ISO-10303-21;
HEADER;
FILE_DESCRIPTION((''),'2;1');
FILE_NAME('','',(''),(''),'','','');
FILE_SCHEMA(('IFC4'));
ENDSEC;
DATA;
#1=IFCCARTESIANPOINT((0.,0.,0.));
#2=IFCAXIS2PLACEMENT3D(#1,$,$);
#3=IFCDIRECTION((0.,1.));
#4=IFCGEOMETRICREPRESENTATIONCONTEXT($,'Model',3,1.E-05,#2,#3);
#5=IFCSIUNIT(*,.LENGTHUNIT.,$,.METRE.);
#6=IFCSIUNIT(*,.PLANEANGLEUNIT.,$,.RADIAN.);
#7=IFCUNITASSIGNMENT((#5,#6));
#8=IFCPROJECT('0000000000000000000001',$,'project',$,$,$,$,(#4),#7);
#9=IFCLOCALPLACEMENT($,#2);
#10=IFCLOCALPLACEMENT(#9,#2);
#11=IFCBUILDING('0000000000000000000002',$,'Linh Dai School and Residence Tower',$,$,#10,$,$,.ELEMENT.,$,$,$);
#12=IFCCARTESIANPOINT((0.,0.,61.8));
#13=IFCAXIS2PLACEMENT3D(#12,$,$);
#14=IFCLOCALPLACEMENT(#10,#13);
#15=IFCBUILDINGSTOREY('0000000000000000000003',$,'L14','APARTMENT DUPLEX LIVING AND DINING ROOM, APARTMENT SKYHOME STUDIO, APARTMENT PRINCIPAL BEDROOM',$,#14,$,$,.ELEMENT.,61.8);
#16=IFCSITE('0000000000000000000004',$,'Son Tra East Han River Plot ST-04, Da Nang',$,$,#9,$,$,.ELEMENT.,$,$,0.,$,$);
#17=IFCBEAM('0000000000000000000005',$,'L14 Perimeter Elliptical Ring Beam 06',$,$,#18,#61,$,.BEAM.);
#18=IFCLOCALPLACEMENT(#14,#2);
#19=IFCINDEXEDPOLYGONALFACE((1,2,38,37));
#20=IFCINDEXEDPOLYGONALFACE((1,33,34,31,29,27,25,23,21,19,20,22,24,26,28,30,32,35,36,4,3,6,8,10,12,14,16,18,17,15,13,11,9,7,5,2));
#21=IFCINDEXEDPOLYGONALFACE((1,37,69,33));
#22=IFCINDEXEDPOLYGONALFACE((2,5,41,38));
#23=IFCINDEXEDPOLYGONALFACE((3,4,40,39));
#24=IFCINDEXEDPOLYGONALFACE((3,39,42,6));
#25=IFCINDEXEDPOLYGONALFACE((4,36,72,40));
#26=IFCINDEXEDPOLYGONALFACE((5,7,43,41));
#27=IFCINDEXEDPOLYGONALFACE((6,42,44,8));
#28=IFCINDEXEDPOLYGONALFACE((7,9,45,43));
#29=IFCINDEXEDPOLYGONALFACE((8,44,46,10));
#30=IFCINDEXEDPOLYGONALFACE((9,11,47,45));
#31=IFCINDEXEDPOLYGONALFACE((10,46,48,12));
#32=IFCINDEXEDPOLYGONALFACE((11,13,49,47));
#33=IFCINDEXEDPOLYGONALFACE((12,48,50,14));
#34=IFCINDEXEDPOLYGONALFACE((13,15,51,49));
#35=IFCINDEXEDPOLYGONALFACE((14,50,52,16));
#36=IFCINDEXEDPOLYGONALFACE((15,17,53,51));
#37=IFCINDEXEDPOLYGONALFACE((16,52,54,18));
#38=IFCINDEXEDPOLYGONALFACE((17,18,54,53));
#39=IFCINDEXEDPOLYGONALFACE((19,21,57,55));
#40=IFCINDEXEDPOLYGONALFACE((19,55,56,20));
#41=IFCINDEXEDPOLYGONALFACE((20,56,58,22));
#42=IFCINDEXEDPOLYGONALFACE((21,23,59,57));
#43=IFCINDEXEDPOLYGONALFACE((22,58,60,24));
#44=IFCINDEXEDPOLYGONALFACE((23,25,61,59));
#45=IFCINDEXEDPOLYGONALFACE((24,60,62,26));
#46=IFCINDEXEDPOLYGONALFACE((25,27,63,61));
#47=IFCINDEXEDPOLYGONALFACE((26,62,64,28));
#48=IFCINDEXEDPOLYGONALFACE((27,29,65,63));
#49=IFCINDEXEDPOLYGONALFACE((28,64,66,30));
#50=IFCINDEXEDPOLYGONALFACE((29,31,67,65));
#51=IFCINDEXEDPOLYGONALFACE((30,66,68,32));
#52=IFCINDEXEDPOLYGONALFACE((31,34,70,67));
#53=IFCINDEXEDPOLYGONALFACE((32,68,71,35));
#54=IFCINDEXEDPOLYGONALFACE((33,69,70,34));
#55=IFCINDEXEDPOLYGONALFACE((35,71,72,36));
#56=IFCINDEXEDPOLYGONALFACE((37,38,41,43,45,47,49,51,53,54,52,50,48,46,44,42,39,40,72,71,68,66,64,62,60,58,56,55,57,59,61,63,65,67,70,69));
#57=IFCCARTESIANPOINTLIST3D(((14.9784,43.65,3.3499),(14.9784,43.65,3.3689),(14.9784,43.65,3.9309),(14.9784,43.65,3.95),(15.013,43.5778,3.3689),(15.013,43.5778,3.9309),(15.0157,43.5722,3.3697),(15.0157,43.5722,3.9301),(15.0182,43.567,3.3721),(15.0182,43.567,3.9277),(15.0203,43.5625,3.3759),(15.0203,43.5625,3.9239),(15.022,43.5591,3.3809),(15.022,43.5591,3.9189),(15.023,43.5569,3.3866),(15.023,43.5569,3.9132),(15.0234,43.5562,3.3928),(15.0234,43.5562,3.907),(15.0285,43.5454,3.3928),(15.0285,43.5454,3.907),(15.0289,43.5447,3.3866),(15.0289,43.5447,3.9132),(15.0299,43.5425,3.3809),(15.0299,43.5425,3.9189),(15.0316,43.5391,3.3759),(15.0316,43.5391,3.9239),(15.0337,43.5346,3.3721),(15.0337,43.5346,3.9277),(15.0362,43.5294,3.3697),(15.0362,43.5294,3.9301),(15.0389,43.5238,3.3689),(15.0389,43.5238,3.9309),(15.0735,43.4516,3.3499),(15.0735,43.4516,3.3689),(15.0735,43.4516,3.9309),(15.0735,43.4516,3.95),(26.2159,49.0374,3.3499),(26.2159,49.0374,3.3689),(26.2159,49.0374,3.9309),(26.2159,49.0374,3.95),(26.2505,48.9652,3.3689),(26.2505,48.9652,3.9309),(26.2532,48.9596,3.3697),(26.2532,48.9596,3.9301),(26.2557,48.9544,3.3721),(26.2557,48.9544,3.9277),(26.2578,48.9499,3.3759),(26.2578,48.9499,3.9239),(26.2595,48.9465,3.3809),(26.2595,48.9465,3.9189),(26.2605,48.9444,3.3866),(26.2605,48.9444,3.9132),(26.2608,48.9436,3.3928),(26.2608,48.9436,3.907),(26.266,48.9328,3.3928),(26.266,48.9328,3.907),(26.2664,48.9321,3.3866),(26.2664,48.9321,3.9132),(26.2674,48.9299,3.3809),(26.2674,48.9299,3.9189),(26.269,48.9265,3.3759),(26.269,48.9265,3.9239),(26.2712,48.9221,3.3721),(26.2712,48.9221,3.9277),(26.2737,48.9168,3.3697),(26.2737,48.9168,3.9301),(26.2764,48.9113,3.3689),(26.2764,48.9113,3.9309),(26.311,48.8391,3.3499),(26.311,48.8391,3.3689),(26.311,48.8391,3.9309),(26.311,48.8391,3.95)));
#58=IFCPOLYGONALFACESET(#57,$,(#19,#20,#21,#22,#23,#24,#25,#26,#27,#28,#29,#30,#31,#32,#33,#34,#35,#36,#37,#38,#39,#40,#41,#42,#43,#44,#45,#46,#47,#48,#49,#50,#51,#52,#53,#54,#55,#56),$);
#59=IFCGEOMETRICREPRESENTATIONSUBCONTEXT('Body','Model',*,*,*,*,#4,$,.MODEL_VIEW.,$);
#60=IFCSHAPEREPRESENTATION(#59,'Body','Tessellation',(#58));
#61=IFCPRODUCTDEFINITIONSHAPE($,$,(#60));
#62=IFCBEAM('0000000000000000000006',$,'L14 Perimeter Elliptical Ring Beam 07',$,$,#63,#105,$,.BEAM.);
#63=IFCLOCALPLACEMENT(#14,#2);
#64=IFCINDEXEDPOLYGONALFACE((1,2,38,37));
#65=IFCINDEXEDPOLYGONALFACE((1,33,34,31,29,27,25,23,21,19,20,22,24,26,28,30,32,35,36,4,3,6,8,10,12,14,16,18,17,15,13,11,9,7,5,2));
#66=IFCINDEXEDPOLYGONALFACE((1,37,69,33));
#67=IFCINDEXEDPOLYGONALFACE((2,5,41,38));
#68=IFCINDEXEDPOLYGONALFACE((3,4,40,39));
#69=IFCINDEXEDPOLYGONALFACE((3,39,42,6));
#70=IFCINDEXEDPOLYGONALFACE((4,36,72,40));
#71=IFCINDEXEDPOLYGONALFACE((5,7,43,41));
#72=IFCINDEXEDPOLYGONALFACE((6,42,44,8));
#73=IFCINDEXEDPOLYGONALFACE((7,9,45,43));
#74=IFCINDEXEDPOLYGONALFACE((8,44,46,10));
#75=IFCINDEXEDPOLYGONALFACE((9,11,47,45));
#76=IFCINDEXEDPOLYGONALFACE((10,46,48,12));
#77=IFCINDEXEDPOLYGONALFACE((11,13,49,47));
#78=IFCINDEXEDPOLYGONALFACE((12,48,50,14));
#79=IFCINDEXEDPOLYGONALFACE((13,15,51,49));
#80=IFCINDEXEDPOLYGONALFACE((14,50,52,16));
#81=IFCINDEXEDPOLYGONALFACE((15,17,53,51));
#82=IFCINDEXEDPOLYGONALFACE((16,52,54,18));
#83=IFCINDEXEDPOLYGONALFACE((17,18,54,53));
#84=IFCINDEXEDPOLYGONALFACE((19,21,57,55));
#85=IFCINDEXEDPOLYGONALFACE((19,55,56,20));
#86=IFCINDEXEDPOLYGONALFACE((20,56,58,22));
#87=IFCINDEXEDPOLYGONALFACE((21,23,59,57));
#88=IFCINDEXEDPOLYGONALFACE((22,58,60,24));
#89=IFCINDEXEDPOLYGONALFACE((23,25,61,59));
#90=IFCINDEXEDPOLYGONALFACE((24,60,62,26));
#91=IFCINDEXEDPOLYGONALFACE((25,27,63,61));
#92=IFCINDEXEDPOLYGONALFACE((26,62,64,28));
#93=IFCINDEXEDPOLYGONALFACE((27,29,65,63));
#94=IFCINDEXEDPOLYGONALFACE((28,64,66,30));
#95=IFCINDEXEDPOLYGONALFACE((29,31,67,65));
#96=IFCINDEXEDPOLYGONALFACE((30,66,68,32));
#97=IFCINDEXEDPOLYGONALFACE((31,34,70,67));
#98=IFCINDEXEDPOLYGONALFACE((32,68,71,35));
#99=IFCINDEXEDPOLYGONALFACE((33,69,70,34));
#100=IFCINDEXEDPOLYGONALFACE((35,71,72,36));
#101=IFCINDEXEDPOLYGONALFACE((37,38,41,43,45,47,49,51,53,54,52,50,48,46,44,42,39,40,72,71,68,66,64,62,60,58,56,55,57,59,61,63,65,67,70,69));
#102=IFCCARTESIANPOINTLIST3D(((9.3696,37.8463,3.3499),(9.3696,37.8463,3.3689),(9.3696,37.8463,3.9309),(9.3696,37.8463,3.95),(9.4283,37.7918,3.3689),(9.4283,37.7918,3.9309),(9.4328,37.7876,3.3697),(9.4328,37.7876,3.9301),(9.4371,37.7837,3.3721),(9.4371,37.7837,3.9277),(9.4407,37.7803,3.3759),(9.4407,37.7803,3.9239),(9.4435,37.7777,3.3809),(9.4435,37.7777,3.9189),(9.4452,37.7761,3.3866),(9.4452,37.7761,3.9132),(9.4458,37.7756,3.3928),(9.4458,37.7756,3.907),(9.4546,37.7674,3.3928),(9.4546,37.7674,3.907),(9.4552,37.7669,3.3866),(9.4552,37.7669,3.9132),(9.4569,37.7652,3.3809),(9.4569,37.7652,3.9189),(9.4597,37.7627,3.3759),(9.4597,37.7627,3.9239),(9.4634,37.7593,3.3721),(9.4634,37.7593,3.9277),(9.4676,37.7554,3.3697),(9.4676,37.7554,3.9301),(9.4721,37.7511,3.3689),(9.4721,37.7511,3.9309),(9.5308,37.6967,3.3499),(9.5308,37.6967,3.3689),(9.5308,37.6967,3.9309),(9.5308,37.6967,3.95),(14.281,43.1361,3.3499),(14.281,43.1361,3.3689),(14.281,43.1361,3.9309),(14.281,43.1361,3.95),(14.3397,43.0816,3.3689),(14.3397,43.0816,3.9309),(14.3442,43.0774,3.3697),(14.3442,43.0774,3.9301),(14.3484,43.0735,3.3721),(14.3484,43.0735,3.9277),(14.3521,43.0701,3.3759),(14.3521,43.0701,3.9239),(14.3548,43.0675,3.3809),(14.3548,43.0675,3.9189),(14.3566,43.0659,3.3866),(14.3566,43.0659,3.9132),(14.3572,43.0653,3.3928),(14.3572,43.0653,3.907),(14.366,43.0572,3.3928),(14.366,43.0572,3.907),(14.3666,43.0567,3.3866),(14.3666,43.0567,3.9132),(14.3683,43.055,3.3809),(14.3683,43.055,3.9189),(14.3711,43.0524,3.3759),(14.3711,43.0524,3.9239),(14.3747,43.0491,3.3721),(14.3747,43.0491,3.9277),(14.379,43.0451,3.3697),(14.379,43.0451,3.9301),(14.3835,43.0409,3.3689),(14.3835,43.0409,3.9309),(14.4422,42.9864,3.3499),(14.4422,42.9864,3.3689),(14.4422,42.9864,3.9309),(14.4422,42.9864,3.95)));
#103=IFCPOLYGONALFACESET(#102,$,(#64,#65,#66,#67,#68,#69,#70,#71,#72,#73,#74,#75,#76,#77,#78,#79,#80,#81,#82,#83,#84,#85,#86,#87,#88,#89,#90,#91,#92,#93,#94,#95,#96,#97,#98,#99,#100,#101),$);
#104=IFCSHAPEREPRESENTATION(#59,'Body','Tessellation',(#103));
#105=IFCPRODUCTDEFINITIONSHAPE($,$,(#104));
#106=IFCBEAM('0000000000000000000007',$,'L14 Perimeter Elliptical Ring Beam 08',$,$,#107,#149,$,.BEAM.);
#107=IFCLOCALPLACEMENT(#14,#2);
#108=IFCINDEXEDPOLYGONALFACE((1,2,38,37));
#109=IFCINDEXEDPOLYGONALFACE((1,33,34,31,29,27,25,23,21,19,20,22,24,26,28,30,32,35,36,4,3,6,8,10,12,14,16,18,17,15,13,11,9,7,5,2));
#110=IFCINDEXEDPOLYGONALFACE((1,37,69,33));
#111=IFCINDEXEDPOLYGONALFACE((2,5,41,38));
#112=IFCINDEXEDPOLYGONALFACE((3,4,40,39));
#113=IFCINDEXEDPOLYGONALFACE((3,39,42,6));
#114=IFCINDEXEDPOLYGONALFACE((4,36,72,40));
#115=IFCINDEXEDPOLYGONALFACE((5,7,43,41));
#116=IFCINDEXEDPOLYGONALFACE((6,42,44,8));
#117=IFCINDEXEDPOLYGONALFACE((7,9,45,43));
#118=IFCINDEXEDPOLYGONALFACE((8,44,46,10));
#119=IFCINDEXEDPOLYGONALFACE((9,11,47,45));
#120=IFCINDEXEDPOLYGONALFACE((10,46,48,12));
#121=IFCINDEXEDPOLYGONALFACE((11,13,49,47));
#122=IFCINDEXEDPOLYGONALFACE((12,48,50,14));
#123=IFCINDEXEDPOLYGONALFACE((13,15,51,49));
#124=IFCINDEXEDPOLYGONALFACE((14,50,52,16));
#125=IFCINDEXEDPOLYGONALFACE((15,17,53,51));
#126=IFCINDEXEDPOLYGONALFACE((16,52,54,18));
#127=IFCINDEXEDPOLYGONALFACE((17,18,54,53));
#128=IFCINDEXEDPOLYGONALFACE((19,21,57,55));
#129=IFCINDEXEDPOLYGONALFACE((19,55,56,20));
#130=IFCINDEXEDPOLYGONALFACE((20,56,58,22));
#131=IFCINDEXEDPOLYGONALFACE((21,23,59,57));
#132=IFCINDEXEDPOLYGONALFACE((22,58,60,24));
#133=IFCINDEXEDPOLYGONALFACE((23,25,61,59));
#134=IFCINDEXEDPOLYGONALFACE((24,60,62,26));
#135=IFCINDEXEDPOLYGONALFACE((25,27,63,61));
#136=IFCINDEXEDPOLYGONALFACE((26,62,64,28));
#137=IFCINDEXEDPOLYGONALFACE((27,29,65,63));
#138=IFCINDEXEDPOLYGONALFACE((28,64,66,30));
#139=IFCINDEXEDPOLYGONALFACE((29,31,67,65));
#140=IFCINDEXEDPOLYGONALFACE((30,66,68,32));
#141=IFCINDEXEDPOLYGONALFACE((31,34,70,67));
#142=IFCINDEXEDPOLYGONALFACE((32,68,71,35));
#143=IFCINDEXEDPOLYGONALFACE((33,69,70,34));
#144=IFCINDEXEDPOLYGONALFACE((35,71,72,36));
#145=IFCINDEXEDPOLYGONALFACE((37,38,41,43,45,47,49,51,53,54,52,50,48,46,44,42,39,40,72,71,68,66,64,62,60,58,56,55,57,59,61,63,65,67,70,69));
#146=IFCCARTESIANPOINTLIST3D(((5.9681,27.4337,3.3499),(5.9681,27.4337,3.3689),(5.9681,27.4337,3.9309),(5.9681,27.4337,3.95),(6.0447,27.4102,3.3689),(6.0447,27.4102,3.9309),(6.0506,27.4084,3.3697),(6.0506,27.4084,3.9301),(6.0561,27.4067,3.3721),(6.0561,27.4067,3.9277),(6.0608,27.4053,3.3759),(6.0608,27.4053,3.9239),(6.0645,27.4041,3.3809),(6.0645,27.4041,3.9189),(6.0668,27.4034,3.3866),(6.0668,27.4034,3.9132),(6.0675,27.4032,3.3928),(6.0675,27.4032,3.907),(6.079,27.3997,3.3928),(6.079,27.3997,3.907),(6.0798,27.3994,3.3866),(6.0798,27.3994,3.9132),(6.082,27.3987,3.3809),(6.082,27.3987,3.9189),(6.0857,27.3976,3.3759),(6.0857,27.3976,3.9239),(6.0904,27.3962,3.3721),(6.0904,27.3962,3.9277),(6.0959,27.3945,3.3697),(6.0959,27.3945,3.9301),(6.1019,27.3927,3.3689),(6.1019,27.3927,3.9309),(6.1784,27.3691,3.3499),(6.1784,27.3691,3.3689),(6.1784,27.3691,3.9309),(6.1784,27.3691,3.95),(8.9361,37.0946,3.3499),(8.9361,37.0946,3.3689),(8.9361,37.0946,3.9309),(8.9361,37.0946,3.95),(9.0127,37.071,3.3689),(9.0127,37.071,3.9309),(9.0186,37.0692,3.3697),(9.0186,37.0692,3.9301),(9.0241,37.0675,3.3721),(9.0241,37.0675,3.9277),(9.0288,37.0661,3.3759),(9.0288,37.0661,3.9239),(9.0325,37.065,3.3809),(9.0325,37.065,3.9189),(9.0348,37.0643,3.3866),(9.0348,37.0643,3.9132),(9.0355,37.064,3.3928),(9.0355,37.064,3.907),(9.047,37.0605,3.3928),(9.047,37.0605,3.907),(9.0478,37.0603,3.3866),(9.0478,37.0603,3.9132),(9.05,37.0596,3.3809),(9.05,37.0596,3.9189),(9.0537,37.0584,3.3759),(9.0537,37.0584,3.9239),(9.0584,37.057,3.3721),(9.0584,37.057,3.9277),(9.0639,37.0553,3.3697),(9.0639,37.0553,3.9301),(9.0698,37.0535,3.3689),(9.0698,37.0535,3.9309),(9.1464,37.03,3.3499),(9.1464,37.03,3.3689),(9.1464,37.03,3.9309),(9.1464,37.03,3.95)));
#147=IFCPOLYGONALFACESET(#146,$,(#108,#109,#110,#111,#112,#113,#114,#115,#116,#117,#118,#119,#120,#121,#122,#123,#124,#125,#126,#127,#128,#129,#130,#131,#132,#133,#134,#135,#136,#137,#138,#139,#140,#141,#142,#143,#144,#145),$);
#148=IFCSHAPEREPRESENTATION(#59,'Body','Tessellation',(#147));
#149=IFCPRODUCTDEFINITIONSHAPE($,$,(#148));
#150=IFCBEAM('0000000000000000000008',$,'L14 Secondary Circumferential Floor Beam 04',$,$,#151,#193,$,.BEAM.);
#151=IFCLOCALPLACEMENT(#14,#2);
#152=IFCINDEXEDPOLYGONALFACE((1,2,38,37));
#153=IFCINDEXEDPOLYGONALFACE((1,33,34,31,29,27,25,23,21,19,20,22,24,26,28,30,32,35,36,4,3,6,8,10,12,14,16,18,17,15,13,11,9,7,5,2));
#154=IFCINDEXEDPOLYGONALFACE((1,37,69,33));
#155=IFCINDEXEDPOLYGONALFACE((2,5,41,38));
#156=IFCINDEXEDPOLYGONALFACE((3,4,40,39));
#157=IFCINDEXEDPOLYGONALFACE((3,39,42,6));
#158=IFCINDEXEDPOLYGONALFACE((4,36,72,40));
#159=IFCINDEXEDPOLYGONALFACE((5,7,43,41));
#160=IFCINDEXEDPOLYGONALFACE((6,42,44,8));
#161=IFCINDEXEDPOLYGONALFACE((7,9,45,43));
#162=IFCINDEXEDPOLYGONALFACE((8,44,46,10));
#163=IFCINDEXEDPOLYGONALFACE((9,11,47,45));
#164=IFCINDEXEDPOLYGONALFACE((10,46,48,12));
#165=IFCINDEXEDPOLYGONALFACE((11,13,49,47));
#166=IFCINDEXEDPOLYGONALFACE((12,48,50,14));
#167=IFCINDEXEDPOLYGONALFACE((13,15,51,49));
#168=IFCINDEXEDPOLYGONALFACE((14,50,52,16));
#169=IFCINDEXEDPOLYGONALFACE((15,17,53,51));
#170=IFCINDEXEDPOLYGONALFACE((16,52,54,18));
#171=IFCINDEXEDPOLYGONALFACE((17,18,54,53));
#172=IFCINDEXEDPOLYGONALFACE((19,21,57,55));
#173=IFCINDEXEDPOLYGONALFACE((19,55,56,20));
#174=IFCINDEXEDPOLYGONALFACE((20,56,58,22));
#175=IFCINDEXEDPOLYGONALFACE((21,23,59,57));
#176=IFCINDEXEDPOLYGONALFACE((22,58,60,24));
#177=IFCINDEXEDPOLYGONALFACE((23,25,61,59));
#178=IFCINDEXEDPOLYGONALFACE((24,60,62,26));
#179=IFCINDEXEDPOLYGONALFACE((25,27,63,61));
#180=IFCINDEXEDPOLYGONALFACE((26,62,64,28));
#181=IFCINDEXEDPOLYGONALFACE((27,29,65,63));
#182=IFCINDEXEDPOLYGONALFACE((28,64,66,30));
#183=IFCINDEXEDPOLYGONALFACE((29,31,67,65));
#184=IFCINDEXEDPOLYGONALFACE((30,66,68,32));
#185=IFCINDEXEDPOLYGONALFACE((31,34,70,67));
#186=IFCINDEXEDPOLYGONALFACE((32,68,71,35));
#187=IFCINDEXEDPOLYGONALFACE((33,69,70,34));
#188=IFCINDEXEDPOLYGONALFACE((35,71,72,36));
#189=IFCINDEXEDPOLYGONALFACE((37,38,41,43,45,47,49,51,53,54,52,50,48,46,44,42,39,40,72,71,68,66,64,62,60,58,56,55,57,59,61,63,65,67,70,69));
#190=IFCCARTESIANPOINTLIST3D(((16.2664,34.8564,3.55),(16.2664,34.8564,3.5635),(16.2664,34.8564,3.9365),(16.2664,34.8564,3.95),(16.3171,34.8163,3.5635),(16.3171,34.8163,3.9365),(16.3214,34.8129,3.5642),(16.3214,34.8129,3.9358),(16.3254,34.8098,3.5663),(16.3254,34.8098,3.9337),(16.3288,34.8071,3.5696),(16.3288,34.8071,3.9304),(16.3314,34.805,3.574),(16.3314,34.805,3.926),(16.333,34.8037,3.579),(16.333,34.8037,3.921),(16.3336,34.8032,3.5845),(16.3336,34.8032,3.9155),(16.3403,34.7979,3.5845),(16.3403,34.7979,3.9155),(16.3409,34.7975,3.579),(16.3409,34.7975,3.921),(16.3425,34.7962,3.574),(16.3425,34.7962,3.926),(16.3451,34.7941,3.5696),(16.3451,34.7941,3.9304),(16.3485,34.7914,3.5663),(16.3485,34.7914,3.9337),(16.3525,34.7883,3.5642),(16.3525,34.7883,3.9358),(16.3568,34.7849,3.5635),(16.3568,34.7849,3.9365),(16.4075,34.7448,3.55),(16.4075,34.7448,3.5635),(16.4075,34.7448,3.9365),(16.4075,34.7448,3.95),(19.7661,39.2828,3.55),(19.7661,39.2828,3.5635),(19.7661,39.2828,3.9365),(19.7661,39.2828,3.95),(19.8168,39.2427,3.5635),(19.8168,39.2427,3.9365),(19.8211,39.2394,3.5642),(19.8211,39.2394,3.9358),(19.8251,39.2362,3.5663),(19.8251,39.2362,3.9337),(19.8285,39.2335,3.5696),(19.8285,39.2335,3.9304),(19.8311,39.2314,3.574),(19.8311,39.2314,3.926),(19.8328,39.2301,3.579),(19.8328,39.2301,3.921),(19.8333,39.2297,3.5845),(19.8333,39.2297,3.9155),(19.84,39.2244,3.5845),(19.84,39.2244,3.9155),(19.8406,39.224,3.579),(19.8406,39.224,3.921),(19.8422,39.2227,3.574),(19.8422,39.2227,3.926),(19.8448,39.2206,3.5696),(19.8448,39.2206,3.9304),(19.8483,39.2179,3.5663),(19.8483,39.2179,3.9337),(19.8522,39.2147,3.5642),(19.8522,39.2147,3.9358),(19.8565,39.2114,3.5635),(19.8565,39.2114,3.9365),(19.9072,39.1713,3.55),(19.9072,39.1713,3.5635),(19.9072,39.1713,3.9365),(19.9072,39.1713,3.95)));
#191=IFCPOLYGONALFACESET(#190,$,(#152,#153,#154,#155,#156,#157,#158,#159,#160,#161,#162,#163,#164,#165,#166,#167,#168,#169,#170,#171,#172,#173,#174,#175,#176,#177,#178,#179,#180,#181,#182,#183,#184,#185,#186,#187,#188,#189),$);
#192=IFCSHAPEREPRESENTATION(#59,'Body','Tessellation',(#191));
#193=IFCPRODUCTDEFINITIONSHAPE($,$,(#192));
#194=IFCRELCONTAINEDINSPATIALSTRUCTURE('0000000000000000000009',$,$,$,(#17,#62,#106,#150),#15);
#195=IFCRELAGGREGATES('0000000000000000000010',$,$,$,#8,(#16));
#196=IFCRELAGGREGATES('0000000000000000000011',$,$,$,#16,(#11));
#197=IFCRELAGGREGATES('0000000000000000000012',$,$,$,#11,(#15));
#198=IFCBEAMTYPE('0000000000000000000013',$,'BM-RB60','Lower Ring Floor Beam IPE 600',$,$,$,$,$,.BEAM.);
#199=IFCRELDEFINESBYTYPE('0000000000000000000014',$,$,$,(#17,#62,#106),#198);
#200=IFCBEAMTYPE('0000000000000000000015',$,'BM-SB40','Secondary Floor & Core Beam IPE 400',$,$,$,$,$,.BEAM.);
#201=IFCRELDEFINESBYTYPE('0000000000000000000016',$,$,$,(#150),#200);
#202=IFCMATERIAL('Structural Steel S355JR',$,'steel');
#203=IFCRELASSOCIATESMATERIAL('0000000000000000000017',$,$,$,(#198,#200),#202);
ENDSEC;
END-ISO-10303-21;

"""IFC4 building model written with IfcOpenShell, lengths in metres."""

from ifc_helpers import new_model, si_unit, direction, frame, origin, origin_2d, place, context, subcontext, project, spatial, i_section, extrude, material, material_profile, profile_set, type_object, element, save


model = new_model("IFC4")

# Units and contexts
model_context = context("Model", 3, precision=1e-05, world=origin(), true_north=direction((0.0, 1.0)))
body_context = subcontext(model_context, "Body", "Model", "MODEL_VIEW")
ifc_project = project(units=[si_unit("LENGTHUNIT", "METRE"), si_unit("PLANEANGLEUNIT", "RADIAN")], contexts=[model_context])

# Site, building, storey
site_placement = place(None, origin())
site = spatial("IfcSite", under=ifc_project, at=site_placement, Name="Son Tra East Han River Plot ST-04, Da Nang", CompositionType="ELEMENT", RefElevation=0.0)
building_placement = place(site_placement, origin())
building = spatial("IfcBuilding", under=site, at=building_placement, Name="Linh Dai School and Residence Tower", CompositionType="ELEMENT")
storey_placement = place(building_placement, frame((0.0, 0.0, 61.8)))
storey = spatial("IfcBuildingStorey", under=building, at=storey_placement, Name="L14", Description="APARTMENT DUPLEX LIVING AND DINING ROOM, APARTMENT SKYHOME STUDIO, APARTMENT PRINCIPAL BEDROOM", CompositionType="ELEMENT", Elevation=61.8)

# Shared definitions
ifc_material_1 = material(Name="Structural Steel S355JR", Category="steel")

# Beams
ifc_material_profile_1 = material_profile(ifc_material_1, i_section(OverallWidth=0.22, OverallDepth=0.6001, WebThickness=0.012, FlangeThickness=0.019, FilletRadius=0.0239, at=origin_2d()), Name="IPE 600")
ifc_profile_set_1 = profile_set([ifc_material_profile_1], Name="Structural Steel S355JR")
beam_type_1 = type_object("IfcBeamType", Name="BM-RB60", Description="Lower Ring Floor Beam IPE 600", PredefinedType="BEAM", material=ifc_profile_set_1)
beam_1_placement = place(storey_placement, frame((26.2634, 48.9382, 3.6499), z_axis=(-0.901729, -0.432302, 0.0), x_axis=(0.432302, -0.901729, 0.0)))
element("IfcBeam", 1, at=beam_1_placement, inside=storey, type_object=beam_type_1, Name="L14 Perimeter Elliptical Ring Beam 06", PredefinedType="BEAM", context=body_context, shape_type="SweptSolid", body=[
    extrude(i_section(OverallWidth=0.22, OverallDepth=0.6001, WebThickness=0.012, FlangeThickness=0.019, FilletRadius=0.0239, at=origin_2d()), origin(), (0.0, 0.0, 1.0), 12.4622),
])
beam_2_placement = place(storey_placement, frame((14.3616, 43.0613, 3.6499), z_axis=(-0.680408, -0.732833, 0.0), x_axis=(0.732833, -0.680408, 0.0)))
element("IfcBeam", 2, at=beam_2_placement, inside=storey, type_object=beam_type_1, Name="L14 Perimeter Elliptical Ring Beam 07", PredefinedType="BEAM", context=body_context, shape_type="SweptSolid", body=[
    extrude(i_section(OverallWidth=0.22, OverallDepth=0.6001, WebThickness=0.012, FlangeThickness=0.019, FilletRadius=0.0239, at=origin_2d()), origin(), (0.0, 0.0, 1.0), 7.2183),
])
beam_3_placement = place(storey_placement, frame((9.0413, 37.0623, 3.6499), z_axis=(-0.293673, -0.955906, 0.0), x_axis=(0.955906, -0.293673, 0.0)))
element("IfcBeam", 3, at=beam_3_placement, inside=storey, type_object=beam_type_1, Name="L14 Perimeter Elliptical Ring Beam 08", PredefinedType="BEAM", context=body_context, shape_type="SweptSolid", body=[
    extrude(i_section(OverallWidth=0.22, OverallDepth=0.6001, WebThickness=0.012, FlangeThickness=0.019, FilletRadius=0.0239, at=origin_2d()), origin(), (0.0, 0.0, 1.0), 10.1064),
])
ifc_material_profile_2 = material_profile(ifc_material_1, i_section(OverallWidth=0.1799, OverallDepth=0.3999, WebThickness=0.0085, FlangeThickness=0.0134, FilletRadius=0.021, at=origin_2d()), Name="IPE 400")
ifc_profile_set_2 = profile_set([ifc_material_profile_2], Name="Structural Steel S355JR")
beam_type_2 = type_object("IfcBeamType", Name="BM-SB40", Description="Secondary Floor & Core Beam IPE 400", PredefinedType="BEAM", material=ifc_profile_set_2)
beam_4_placement = place(storey_placement, frame((19.8367, 39.2271, 3.75), z_axis=(-0.620205, -0.78444, 0.0), x_axis=(0.78444, -0.620205, 0.0)))
element("IfcBeam", 4, at=beam_4_placement, inside=storey, type_object=beam_type_2, Name="L14 Secondary Circumferential Floor Beam 04", PredefinedType="BEAM", context=body_context, shape_type="SweptSolid", body=[
    extrude(i_section(OverallWidth=0.1799, OverallDepth=0.3999, WebThickness=0.0085, FlangeThickness=0.0134, FilletRadius=0.021, at=origin_2d()), origin(), (0.0, 0.0, 1.0), 5.6428),
])

save(model, "model.ifc")
